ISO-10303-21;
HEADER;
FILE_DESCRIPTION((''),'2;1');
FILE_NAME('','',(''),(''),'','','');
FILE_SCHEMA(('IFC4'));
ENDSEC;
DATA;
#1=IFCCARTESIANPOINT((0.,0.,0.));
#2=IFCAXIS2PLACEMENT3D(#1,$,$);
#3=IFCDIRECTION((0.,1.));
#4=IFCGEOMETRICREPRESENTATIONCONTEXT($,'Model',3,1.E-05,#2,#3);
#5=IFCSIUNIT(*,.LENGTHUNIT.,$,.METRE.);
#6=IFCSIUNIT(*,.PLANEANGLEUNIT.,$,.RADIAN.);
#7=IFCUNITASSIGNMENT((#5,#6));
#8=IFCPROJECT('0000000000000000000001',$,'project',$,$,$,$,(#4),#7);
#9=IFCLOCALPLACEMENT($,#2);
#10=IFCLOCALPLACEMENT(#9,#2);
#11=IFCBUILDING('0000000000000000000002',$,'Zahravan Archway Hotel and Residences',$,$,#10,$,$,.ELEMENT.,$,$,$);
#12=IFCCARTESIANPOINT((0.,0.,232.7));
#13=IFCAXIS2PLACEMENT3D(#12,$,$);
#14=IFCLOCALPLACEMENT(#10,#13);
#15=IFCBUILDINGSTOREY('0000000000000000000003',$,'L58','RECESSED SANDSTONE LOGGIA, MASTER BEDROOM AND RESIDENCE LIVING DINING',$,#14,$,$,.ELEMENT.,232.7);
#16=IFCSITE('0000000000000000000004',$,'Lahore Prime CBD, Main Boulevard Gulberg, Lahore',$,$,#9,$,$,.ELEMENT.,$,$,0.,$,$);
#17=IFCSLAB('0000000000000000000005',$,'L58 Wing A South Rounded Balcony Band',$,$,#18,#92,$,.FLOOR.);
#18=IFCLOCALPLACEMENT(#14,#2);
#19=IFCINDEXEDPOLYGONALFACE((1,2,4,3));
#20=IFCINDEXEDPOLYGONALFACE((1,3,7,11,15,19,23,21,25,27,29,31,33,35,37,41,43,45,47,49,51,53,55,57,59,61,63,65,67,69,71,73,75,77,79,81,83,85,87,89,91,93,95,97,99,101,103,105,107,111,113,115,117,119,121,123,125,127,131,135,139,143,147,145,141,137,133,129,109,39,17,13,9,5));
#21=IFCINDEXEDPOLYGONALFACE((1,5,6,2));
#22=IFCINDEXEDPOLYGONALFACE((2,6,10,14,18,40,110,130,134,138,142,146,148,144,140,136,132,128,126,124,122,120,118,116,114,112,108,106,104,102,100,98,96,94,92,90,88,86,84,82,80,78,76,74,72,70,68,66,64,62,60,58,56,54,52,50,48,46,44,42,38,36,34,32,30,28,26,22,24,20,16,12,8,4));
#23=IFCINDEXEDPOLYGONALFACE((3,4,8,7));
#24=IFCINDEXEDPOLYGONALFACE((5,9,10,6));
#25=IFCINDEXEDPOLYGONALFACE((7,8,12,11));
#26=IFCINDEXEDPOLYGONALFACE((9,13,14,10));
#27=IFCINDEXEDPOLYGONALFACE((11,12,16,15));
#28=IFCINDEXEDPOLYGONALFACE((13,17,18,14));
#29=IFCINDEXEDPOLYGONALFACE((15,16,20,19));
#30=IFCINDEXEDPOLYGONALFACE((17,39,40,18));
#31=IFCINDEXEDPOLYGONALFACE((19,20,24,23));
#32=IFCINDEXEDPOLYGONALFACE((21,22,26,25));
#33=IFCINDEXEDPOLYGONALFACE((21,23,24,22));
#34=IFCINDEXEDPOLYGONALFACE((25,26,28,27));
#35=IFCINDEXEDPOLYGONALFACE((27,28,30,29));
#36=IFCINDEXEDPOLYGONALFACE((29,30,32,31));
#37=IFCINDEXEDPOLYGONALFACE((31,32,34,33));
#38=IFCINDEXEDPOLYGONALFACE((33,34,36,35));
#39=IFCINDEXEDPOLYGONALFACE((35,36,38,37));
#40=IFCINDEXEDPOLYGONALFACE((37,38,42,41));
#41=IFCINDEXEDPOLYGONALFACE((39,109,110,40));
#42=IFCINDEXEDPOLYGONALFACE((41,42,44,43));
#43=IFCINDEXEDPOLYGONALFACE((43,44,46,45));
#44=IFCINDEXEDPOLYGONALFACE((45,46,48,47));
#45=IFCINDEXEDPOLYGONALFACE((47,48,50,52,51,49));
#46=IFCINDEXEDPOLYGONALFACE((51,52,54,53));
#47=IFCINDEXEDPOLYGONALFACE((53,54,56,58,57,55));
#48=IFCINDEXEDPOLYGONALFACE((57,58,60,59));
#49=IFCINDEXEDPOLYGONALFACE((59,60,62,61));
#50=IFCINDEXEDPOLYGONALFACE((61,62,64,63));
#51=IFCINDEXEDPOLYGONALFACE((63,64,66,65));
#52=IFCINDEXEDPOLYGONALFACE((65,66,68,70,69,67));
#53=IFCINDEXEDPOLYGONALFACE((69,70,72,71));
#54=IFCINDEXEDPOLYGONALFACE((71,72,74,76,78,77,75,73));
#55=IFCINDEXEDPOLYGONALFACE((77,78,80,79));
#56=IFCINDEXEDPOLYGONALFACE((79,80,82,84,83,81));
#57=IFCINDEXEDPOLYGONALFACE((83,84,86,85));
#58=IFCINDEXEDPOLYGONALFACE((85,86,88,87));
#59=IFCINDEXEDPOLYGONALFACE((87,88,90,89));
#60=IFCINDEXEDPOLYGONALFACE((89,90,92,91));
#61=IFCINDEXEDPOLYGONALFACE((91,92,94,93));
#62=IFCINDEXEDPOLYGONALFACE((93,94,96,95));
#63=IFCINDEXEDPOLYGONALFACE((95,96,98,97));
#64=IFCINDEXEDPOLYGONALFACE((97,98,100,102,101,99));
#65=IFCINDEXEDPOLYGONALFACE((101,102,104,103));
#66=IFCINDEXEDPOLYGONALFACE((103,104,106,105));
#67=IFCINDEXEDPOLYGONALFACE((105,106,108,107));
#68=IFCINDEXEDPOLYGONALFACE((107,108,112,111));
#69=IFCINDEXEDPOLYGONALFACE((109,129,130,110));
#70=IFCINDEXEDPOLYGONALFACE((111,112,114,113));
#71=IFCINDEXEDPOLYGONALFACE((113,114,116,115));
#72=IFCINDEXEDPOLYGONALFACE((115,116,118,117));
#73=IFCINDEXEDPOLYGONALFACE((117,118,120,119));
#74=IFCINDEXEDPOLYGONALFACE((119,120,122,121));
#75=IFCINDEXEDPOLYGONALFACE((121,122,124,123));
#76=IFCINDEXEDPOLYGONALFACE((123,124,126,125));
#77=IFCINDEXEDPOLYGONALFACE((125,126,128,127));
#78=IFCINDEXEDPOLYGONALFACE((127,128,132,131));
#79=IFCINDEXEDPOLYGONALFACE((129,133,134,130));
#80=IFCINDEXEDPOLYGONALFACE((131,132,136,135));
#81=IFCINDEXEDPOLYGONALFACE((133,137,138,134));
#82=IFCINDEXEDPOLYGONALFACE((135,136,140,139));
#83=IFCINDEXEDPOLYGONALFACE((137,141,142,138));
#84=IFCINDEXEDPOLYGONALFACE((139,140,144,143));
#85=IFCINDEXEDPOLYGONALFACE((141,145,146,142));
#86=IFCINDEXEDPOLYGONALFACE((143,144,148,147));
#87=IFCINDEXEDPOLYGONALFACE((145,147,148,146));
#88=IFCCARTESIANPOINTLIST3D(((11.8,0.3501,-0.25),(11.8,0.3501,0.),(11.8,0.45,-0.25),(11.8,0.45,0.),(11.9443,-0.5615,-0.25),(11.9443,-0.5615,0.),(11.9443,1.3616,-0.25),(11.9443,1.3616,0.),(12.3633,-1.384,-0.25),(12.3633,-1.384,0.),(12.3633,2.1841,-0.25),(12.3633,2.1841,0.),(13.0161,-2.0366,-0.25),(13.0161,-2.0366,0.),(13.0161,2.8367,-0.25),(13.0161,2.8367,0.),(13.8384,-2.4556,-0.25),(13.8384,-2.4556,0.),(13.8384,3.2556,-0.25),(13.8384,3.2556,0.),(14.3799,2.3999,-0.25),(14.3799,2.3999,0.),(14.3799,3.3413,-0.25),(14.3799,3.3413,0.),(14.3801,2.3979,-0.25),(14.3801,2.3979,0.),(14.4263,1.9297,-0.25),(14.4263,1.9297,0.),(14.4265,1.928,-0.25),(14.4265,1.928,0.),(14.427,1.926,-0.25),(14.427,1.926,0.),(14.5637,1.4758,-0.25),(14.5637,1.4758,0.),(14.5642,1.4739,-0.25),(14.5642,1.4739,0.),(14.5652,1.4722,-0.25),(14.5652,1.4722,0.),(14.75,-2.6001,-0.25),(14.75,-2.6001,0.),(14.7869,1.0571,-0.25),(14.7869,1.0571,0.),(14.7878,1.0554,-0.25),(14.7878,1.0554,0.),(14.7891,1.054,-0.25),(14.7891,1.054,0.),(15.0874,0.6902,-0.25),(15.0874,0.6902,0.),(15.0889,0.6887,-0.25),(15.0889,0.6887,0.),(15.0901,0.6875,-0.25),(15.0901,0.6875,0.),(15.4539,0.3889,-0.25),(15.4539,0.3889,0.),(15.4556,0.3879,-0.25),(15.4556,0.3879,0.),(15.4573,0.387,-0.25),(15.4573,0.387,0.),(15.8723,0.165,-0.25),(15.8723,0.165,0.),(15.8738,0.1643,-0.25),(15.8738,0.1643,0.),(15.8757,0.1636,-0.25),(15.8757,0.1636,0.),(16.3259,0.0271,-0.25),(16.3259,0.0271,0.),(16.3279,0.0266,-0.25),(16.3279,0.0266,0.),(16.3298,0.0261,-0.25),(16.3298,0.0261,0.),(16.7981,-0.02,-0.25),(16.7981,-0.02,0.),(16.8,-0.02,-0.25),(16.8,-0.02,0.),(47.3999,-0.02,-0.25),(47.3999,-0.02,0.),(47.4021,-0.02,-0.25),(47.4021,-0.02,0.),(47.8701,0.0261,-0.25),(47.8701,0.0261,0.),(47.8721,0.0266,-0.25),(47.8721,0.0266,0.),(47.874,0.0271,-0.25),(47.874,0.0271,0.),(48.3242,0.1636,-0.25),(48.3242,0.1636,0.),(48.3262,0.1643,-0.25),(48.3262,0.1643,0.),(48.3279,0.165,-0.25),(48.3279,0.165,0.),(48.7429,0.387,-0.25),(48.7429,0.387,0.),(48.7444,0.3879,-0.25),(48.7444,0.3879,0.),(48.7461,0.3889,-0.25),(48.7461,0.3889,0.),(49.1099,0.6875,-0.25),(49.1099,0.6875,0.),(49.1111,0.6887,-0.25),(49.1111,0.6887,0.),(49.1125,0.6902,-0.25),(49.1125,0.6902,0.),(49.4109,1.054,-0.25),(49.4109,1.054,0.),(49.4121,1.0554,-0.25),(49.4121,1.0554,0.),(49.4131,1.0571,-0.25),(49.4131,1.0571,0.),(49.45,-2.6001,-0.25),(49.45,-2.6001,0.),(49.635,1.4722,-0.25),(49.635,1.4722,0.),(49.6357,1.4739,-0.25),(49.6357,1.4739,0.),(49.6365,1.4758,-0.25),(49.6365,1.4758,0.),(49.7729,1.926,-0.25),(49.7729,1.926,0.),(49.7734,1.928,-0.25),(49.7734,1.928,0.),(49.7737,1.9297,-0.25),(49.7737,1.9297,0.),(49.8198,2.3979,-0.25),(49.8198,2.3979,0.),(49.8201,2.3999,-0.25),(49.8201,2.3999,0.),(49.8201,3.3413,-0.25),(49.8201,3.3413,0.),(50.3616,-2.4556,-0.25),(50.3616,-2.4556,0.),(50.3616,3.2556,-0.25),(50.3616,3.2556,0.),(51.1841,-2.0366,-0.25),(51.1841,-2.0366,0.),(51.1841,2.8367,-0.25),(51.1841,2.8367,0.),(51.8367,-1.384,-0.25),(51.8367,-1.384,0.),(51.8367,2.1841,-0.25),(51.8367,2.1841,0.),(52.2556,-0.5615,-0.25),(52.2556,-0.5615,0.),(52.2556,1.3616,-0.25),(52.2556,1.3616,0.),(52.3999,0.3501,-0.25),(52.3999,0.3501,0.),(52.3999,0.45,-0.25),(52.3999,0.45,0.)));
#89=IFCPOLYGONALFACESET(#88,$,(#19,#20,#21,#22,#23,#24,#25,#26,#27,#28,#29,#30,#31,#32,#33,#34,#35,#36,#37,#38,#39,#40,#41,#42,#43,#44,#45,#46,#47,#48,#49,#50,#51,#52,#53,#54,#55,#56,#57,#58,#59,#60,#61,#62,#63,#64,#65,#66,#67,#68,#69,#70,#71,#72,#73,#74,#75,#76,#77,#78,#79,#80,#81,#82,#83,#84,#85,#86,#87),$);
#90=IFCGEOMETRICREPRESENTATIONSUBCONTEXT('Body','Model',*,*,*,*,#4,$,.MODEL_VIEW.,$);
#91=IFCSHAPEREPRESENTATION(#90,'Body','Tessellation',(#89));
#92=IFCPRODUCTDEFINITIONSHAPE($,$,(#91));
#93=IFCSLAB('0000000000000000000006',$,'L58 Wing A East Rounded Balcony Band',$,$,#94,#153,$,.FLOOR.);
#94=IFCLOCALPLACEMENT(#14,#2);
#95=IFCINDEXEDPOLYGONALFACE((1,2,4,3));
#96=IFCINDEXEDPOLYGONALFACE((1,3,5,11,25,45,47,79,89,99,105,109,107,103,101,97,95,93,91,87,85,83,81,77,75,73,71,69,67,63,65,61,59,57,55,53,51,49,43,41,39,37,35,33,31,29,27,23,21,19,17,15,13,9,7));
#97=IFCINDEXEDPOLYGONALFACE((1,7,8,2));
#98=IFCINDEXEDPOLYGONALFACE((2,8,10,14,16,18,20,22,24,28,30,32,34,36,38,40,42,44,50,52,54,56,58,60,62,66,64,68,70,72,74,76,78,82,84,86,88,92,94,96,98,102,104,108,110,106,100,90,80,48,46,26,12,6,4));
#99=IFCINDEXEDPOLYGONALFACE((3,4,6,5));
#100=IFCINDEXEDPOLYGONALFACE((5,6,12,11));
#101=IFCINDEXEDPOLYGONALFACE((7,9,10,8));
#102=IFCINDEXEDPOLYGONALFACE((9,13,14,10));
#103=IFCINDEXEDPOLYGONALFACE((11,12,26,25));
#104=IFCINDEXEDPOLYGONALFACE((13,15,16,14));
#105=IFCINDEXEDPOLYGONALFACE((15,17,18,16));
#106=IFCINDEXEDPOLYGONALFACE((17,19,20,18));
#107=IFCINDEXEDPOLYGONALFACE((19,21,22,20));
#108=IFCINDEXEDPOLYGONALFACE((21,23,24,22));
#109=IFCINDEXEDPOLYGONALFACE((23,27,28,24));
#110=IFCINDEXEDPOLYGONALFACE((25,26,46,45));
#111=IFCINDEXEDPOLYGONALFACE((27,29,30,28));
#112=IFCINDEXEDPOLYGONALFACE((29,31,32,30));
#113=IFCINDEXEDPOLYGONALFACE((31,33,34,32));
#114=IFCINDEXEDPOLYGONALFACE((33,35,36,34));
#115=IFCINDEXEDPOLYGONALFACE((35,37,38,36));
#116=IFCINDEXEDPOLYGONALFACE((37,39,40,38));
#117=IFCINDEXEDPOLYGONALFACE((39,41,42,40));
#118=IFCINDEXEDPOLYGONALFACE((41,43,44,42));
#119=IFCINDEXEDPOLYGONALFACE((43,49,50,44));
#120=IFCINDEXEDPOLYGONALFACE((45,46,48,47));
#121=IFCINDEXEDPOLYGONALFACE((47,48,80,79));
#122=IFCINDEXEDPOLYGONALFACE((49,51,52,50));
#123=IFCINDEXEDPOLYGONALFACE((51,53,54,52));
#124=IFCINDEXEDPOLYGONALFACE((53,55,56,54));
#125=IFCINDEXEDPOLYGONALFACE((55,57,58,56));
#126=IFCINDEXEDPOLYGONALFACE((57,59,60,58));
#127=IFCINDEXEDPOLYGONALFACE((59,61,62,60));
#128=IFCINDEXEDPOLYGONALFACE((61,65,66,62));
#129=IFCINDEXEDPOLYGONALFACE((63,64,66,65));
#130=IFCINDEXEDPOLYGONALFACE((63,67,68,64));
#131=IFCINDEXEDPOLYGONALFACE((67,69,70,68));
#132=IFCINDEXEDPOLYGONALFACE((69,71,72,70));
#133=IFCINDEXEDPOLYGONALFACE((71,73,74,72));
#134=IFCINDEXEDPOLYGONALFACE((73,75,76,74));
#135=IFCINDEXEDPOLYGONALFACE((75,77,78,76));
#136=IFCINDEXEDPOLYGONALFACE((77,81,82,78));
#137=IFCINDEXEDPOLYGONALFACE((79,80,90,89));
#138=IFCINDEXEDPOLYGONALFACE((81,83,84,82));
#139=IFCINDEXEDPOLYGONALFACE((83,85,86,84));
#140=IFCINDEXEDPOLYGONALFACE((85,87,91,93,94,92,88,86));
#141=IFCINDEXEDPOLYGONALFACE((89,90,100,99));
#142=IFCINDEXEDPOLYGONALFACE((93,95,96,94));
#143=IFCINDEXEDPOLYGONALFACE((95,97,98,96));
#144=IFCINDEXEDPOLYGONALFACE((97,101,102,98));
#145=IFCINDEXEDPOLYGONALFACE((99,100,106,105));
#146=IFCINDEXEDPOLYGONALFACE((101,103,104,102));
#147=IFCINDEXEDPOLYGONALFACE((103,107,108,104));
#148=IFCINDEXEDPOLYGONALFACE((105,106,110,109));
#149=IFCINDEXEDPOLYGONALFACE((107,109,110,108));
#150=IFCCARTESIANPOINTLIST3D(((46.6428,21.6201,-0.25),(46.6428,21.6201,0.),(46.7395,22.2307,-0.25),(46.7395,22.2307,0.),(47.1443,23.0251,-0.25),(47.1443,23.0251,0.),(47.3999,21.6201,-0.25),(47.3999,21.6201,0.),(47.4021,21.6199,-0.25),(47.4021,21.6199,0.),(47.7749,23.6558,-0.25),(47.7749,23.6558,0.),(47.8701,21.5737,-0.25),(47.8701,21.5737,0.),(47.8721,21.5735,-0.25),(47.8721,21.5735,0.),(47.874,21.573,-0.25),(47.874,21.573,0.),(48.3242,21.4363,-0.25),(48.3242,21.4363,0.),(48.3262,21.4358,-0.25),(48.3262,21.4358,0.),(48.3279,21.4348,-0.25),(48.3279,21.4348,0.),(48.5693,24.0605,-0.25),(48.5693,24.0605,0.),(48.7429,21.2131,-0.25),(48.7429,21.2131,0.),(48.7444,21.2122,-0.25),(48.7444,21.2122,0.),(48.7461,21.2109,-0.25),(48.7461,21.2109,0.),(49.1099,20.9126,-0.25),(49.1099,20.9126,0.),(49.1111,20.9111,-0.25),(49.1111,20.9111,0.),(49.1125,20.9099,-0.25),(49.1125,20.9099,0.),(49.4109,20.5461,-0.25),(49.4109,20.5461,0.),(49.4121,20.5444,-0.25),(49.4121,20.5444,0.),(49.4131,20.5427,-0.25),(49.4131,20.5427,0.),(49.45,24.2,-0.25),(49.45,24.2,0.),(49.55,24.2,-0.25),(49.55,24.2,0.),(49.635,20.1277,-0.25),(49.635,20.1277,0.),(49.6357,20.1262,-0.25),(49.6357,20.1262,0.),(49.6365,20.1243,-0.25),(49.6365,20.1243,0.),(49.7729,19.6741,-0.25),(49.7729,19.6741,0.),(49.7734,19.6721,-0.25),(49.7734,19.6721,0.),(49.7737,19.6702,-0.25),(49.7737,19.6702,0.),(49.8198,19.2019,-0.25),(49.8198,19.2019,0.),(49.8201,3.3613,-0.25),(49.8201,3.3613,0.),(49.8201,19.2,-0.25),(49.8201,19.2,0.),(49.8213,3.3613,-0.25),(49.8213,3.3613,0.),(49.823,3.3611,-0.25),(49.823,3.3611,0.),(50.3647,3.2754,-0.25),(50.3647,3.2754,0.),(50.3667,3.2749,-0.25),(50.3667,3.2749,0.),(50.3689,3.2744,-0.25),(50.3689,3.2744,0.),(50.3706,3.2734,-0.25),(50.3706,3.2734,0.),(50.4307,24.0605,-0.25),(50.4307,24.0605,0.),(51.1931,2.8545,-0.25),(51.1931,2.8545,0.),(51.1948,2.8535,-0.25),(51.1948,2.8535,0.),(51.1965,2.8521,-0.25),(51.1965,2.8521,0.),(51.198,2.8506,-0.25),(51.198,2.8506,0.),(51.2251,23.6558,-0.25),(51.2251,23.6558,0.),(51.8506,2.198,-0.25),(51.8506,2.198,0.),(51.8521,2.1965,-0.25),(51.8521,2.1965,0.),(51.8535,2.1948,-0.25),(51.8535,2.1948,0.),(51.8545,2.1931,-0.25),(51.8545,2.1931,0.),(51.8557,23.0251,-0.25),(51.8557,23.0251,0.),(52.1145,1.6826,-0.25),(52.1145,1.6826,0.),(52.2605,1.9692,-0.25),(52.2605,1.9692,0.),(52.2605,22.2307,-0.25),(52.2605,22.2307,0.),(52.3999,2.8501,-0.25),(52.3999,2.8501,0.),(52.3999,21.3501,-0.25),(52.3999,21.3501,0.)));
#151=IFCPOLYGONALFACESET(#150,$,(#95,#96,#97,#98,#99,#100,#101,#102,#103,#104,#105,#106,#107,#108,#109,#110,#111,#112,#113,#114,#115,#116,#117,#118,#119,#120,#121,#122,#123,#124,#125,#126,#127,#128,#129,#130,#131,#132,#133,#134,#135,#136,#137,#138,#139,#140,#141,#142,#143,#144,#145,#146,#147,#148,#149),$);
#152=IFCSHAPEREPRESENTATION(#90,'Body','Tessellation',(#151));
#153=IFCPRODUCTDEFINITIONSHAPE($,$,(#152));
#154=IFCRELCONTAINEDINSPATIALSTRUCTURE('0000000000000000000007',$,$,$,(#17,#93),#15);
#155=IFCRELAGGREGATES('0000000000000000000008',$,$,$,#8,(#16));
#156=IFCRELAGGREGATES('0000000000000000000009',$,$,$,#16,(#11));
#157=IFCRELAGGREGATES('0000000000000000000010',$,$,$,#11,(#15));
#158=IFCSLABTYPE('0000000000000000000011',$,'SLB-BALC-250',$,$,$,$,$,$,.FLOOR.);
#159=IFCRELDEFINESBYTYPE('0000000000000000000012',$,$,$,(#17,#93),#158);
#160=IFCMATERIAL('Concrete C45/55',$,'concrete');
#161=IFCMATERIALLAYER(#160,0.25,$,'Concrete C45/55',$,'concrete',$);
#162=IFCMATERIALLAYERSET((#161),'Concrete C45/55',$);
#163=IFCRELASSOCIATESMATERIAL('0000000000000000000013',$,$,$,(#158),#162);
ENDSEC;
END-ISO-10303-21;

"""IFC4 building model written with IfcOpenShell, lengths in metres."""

from ifc_helpers import new_model, si_unit, direction, frame, origin, place, context, subcontext, project, spatial, polyline, outline, extrude, material, layer, layer_set, type_object, element, save


model = new_model("IFC4")

# Units and contexts
model_context = context("Model", 3, precision=1e-05, world=origin(), true_north=direction((0.0, 1.0)))
body_context = subcontext(model_context, "Body", "Model", "MODEL_VIEW")
ifc_project = project(units=[si_unit("LENGTHUNIT", "METRE"), si_unit("PLANEANGLEUNIT", "RADIAN")], contexts=[model_context])

# Site, building, storey
site_placement = place(None, origin())
site = spatial("IfcSite", under=ifc_project, at=site_placement, Name="Lahore Prime CBD, Main Boulevard Gulberg, Lahore", CompositionType="ELEMENT", RefElevation=0.0)
building_placement = place(site_placement, origin())
building = spatial("IfcBuilding", under=site, at=building_placement, Name="Zahravan Archway Hotel and Residences", CompositionType="ELEMENT")
storey_placement = place(building_placement, frame((0.0, 0.0, 232.7)))
storey = spatial("IfcBuildingStorey", under=building, at=storey_placement, Name="L58", Description="RECESSED SANDSTONE LOGGIA, MASTER BEDROOM AND RESIDENCE LIVING DINING", CompositionType="ELEMENT", Elevation=232.7)

# Slabs
ifc_material_1 = material(Name="Concrete C45/55", Category="concrete")
ifc_layer_1 = layer(ifc_material_1, 0.25, Name="Concrete C45/55", Category="concrete")
ifc_layer_set_1 = layer_set([ifc_layer_1], Name="Concrete C45/55")
slab_type_1 = type_object("IfcSlabType", Name="SLB-BALC-250", PredefinedType="FLOOR", material=ifc_layer_set_1)
slab_1_placement = place(storey_placement, frame((0.0, 0.0, -0.25)))
element("IfcSlab", 1, at=slab_1_placement, inside=storey, type_object=slab_type_1, Name="L58 Wing A South Rounded Balcony Band", PredefinedType="FLOOR", context=body_context, shape_type="SweptSolid", body=[
    extrude(outline(polyline([(50.3616, 3.2556), (51.1841, 2.8367), (51.8367, 2.1841), (52.2556, 1.3616), (52.3999, 0.45), (52.3999, 0.3501), (52.2556, -0.5615), (51.8367, -1.384), (51.1841, -2.0366), (50.3616, -2.4556), (49.45, -2.6001), (14.75, -2.6001), (13.8384, -2.4556), (13.0161, -2.0366), (12.3633, -1.384), (11.9443, -0.5615), (11.8, 0.3501), (11.8, 0.45), (11.9443, 1.3616), (12.3633, 2.1841), (13.0161, 2.8367), (13.8384, 3.2556), (14.3799, 3.3413), (14.3799, 2.3999), (14.3801, 2.3979), (14.4263, 1.9297), (14.4265, 1.928), (14.427, 1.926), (14.5637, 1.4758), (14.5642, 1.4739), (14.5652, 1.4722), (14.7869, 1.0571), (14.7878, 1.0554), (14.7891, 1.054), (15.0874, 0.6902), (15.0889, 0.6887), (15.0901, 0.6875), (15.4539, 0.3889), (15.4556, 0.3879), (15.4573, 0.387), (15.8723, 0.165), (15.8738, 0.1643), (15.8757, 0.1636), (16.3259, 0.0271), (16.3279, 0.0266), (16.3298, 0.0261), (16.7981, -0.02), (16.8, -0.02), (47.3999, -0.02), (47.4021, -0.02), (47.8701, 0.0261), (47.8721, 0.0266), (47.874, 0.0271), (48.3242, 0.1636), (48.3262, 0.1643), (48.3279, 0.165), (48.7429, 0.387), (48.7444, 0.3879), (48.7461, 0.3889), (49.1099, 0.6875), (49.1111, 0.6887), (49.1125, 0.6902), (49.4109, 1.054), (49.4121, 1.0554), (49.4131, 1.0571), (49.635, 1.4722), (49.6357, 1.4739), (49.6365, 1.4758), (49.7729, 1.926), (49.7734, 1.928), (49.7737, 1.9297), (49.8198, 2.3979), (49.8201, 2.3999), (49.8201, 3.3413), (50.3616, 3.2556)])), origin(), (0.0, 0.0, 1.0), 0.25),
])
slab_2_placement = place(storey_placement, frame((0.0, 0.0, -0.25)))
element("IfcSlab", 2, at=slab_2_placement, inside=storey, type_object=slab_type_1, Name="L58 Wing A East Rounded Balcony Band", PredefinedType="FLOOR", context=body_context, shape_type="SweptSolid", body=[
    extrude(outline(polyline([(46.7395, 22.2307), (47.1443, 23.0251), (47.7749, 23.6558), (48.5693, 24.0605), (49.45, 24.2), (49.55, 24.2), (50.4307, 24.0605), (51.2251, 23.6558), (51.8557, 23.0251), (52.2605, 22.2307), (52.3999, 21.3501), (52.3999, 2.8501), (52.2605, 1.9692), (52.1145, 1.6826), (51.8545, 2.1931), (51.8535, 2.1948), (51.8521, 2.1965), (51.8506, 2.198), (51.198, 2.8506), (51.1965, 2.8521), (51.1948, 2.8535), (51.1931, 2.8545), (50.3706, 3.2734), (50.3689, 3.2744), (50.3667, 3.2749), (50.3647, 3.2754), (49.823, 3.3611), (49.8213, 3.3613), (49.8201, 3.3613), (49.8201, 19.2), (49.8198, 19.2019), (49.7737, 19.6702), (49.7734, 19.6721), (49.7729, 19.6741), (49.6365, 20.1243), (49.6357, 20.1262), (49.635, 20.1277), (49.4131, 20.5427), (49.4121, 20.5444), (49.4109, 20.5461), (49.1125, 20.9099), (49.1111, 20.9111), (49.1099, 20.9126), (48.7461, 21.2109), (48.7444, 21.2122), (48.7429, 21.2131), (48.3279, 21.4348), (48.3262, 21.4358), (48.3242, 21.4363), (47.874, 21.573), (47.8721, 21.5735), (47.8701, 21.5737), (47.4021, 21.6199), (47.3999, 21.6201), (46.6428, 21.6201), (46.7395, 22.2307)])), origin(), (0.0, 0.0, 1.0), 0.25),
])

save(model, "model.ifc")
